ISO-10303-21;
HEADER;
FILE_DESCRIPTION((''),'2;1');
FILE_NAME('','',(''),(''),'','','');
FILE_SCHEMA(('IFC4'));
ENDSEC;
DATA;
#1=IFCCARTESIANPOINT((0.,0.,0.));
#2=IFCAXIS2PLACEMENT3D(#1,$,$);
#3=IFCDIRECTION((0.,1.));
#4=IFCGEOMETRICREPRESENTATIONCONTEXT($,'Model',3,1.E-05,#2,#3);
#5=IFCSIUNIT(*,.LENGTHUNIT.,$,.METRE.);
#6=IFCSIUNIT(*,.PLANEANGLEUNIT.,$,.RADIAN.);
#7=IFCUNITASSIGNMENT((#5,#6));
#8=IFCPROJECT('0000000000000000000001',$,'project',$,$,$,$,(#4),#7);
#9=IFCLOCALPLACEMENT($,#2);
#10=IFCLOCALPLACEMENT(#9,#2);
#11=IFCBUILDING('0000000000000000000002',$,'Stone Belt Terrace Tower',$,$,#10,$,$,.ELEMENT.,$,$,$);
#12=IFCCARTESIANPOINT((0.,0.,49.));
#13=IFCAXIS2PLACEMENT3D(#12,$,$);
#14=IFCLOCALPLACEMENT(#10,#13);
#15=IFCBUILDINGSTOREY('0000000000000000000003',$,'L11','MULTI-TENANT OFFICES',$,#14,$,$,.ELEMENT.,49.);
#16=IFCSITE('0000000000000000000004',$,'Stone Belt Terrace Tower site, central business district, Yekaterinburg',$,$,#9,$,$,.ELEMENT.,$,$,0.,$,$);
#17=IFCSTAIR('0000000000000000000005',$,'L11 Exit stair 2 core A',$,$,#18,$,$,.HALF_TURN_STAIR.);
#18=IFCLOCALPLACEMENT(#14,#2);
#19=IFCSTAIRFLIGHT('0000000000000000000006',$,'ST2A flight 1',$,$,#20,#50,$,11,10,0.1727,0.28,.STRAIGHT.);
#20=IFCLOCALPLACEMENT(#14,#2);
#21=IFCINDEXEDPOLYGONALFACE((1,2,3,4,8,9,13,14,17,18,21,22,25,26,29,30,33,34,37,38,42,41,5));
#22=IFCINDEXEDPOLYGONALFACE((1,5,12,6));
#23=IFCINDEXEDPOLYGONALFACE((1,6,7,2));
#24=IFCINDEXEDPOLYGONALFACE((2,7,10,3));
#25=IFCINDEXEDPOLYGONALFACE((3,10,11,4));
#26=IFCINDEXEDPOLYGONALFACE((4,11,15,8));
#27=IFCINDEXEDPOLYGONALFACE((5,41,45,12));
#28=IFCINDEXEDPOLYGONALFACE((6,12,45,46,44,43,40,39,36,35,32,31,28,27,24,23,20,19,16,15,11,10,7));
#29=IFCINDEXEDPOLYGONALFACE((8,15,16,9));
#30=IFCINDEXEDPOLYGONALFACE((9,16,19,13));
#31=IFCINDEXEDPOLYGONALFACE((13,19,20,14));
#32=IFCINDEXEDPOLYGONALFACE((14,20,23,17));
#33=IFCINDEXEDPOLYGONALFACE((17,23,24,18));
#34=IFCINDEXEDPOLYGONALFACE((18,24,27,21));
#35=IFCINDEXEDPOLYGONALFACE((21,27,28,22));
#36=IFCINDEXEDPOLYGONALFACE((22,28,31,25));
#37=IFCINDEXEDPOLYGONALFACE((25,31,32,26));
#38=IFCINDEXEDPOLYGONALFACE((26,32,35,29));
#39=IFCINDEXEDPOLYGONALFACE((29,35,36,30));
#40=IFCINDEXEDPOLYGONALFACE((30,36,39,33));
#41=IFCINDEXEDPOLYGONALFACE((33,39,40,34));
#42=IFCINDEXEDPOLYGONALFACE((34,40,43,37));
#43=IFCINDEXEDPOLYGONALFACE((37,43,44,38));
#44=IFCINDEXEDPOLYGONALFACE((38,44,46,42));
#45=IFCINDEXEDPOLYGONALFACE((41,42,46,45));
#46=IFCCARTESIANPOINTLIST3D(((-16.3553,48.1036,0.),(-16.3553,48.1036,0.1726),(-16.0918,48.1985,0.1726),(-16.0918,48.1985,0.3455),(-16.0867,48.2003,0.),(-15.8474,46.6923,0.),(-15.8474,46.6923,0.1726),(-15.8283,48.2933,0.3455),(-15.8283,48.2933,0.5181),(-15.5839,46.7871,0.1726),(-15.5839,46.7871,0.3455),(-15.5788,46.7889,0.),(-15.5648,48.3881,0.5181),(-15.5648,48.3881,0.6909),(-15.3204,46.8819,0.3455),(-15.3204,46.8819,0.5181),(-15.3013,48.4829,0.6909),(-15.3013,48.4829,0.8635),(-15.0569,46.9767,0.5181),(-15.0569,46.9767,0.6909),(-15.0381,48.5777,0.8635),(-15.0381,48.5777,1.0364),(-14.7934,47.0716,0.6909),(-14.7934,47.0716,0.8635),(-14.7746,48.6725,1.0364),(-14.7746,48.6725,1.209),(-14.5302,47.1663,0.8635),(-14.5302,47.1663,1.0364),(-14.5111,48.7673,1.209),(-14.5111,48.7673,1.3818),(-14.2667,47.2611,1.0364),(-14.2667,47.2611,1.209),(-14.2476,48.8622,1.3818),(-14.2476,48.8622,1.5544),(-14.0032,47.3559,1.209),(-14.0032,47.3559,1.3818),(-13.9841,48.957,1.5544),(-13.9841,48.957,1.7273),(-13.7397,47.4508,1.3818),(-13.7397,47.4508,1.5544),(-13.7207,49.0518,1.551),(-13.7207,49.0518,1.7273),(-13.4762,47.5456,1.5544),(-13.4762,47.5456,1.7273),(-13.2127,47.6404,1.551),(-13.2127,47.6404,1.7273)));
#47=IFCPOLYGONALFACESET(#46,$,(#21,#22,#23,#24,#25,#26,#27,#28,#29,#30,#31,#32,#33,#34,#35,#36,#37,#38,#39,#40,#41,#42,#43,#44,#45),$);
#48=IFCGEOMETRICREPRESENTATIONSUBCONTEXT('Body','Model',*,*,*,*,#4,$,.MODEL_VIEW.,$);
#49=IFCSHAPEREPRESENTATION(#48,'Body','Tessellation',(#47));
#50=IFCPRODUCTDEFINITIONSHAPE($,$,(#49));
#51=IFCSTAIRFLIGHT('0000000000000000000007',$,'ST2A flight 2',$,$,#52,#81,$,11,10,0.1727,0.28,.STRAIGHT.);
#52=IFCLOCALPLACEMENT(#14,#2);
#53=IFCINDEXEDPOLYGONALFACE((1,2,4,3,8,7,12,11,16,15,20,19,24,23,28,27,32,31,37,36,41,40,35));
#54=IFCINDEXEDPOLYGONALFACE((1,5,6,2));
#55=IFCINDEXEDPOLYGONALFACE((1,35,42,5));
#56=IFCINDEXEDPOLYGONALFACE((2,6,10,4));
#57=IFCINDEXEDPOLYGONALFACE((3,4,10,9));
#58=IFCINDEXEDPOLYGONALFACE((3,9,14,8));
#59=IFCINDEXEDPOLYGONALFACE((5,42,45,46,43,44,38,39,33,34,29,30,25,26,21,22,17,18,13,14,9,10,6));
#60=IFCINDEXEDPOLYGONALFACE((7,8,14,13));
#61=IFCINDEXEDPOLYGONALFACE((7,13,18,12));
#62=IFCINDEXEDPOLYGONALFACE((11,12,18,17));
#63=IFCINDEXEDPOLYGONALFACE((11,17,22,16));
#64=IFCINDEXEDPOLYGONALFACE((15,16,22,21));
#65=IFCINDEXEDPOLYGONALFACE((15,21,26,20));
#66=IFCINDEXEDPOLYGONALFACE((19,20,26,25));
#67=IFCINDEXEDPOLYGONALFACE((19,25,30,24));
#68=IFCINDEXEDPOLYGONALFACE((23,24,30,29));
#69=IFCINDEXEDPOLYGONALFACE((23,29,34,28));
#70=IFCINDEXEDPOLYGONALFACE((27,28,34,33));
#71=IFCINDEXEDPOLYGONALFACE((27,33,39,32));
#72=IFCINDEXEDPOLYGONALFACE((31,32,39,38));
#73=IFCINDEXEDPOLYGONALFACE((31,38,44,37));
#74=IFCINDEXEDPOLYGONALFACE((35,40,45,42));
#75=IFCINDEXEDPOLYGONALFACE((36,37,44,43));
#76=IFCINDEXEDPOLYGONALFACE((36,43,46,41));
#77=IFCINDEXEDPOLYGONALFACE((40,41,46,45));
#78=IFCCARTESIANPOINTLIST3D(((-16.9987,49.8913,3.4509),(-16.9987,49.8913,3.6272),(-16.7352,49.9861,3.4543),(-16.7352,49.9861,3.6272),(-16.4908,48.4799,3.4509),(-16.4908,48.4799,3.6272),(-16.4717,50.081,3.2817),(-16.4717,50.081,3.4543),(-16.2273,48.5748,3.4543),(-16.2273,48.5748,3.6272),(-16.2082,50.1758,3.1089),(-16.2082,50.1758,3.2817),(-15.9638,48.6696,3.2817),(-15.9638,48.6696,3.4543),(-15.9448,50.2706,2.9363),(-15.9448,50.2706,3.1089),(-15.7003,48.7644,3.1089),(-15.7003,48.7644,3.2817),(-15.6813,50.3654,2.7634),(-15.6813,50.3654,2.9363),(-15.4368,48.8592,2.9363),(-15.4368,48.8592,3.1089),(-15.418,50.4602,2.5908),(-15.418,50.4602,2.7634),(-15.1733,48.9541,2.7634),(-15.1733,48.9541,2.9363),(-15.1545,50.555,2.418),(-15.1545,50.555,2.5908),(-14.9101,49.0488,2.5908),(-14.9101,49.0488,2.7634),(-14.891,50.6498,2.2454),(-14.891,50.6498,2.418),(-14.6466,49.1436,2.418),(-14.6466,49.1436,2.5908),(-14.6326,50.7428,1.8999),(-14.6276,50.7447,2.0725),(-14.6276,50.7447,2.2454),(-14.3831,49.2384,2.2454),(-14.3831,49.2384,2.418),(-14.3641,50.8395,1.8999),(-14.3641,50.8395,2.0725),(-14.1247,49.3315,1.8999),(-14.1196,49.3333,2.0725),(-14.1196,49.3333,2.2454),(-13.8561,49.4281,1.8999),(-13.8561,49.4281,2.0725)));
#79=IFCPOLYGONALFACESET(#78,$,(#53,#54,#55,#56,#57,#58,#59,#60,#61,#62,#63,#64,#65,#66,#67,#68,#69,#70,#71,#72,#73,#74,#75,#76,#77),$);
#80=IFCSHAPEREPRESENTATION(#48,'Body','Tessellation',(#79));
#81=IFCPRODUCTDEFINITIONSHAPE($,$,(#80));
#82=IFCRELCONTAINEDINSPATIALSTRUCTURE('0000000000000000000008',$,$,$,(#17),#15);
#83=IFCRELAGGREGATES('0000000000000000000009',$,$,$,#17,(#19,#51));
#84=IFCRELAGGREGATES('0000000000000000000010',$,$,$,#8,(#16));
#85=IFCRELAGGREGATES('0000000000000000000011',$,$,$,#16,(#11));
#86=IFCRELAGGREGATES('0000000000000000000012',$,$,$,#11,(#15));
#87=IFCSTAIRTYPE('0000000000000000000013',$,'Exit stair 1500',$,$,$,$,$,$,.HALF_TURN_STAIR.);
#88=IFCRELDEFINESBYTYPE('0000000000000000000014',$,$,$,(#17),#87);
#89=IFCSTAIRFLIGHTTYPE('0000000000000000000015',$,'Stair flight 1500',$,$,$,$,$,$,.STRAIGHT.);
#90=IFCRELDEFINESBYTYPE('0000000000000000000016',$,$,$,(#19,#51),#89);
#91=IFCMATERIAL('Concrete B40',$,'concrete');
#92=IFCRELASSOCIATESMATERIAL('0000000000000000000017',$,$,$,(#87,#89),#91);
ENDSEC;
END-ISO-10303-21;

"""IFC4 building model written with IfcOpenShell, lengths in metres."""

from ifc_helpers import new_model, si_unit, direction, frame, origin, place, context, subcontext, project, spatial, polyline, outline, extrude, material, type_object, element, aggregate, save


model = new_model("IFC4")

# Units and contexts
model_context = context("Model", 3, precision=1e-05, world=origin(), true_north=direction((0.0, 1.0)))
body_context = subcontext(model_context, "Body", "Model", "MODEL_VIEW")
ifc_project = project(units=[si_unit("LENGTHUNIT", "METRE"), si_unit("PLANEANGLEUNIT", "RADIAN")], contexts=[model_context])

# Site, building, storey
site_placement = place(None, origin())
site = spatial("IfcSite", under=ifc_project, at=site_placement, Name="Stone Belt Terrace Tower site, central business district, Yekaterinburg", CompositionType="ELEMENT", RefElevation=0.0)
building_placement = place(site_placement, origin())
building = spatial("IfcBuilding", under=site, at=building_placement, Name="Stone Belt Terrace Tower", CompositionType="ELEMENT")
storey_placement = place(building_placement, frame((0.0, 0.0, 49.0)))
storey = spatial("IfcBuildingStorey", under=building, at=storey_placement, Name="L11", Description="MULTI-TENANT OFFICES", CompositionType="ELEMENT", Elevation=49.0)

# Stair, stair flights
ifc_material_1 = material(Name="Concrete B40", Category="concrete")
stair_type = type_object("IfcStairType", Name="Exit stair 1500", PredefinedType="HALF_TURN_STAIR", material=ifc_material_1)
stair_placement = place(storey_placement, origin())
stair = element("IfcStair", 1, at=stair_placement, inside=storey, type_object=stair_type, Name="L11 Exit stair 2 core A", PredefinedType="HALF_TURN_STAIR")
stair_flight_type = type_object("IfcStairFlightType", Name="Stair flight 1500", PredefinedType="STRAIGHT", material=ifc_material_1)
stair_flight_1_placement = place(storey_placement, frame((-16.1013, 47.3979, 0.0), z_axis=(0.0, 0.0, 1.0), x_axis=(0.940922, 0.338624, 0.0)))
stair_flight_1 = element("IfcStairFlight", 2, at=stair_flight_1_placement, type_object=stair_flight_type, Name="ST2A flight 1", NumberOfRisers=11, NumberOfTreads=10, PredefinedType="STRAIGHT", RiserHeight=0.1727, TreadLength=0.28, context=body_context, shape_type="SweptSolid", body=[
    extrude(outline(polyline([(0.0, 0.0), (0.0, 0.1726), (0.28, 0.1726), (0.28, 0.3455), (0.5601, 0.3455), (0.5601, 0.5181), (0.8401, 0.5181), (0.8401, 0.6909), (1.1201, 0.6909), (1.1201, 0.8635), (1.3999, 0.8635), (1.3999, 1.0364), (1.6799, 1.0364), (1.6799, 1.209), (1.96, 1.209), (1.96, 1.3818), (2.24, 1.3818), (2.24, 1.5544), (2.52, 1.5544), (2.52, 1.7273), (2.8, 1.7273), (2.8, 1.8999), (2.8, 1.551), (0.2854, 0.0), (0.0, 0.0)])), frame((0.0, 0.75, 0.0), z_axis=(0.0, -1.0, 0.0), x_axis=(1.0, 0.0, 0.0)), (0.0, 0.0, 1.0), 1.5),
])
stair_flight_2_placement = place(storey_placement, frame((-14.1101, 50.1338, 1.8999), z_axis=(0.0, 0.0, 1.0), x_axis=(-0.940922, -0.338624, 0.0)))
stair_flight_2 = element("IfcStairFlight", 3, at=stair_flight_2_placement, type_object=stair_flight_type, Name="ST2A flight 2", NumberOfRisers=11, NumberOfTreads=10, PredefinedType="STRAIGHT", RiserHeight=0.1727, TreadLength=0.28, context=body_context, shape_type="SweptSolid", body=[
    extrude(outline(polyline([(0.0, 0.0), (0.0, 0.1726), (0.28, 0.1726), (0.28, 0.3455), (0.5601, 0.3455), (0.5601, 0.5181), (0.8401, 0.5181), (0.8401, 0.6909), (1.1201, 0.6909), (1.1201, 0.8635), (1.3999, 0.8635), (1.3999, 1.0364), (1.6799, 1.0364), (1.6799, 1.209), (1.96, 1.209), (1.96, 1.3818), (2.24, 1.3818), (2.24, 1.5544), (2.52, 1.5544), (2.52, 1.7273), (2.8, 1.7273), (2.8, 1.8999), (2.8, 1.551), (0.2854, 0.0), (0.0, 0.0)])), frame((0.0, 0.75, 0.0), z_axis=(0.0, -1.0, 0.0), x_axis=(1.0, 0.0, 0.0)), (0.0, 0.0, 1.0), 1.5),
])
aggregate(stair, [stair_flight_1, stair_flight_2])

save(model, "model.ifc")
